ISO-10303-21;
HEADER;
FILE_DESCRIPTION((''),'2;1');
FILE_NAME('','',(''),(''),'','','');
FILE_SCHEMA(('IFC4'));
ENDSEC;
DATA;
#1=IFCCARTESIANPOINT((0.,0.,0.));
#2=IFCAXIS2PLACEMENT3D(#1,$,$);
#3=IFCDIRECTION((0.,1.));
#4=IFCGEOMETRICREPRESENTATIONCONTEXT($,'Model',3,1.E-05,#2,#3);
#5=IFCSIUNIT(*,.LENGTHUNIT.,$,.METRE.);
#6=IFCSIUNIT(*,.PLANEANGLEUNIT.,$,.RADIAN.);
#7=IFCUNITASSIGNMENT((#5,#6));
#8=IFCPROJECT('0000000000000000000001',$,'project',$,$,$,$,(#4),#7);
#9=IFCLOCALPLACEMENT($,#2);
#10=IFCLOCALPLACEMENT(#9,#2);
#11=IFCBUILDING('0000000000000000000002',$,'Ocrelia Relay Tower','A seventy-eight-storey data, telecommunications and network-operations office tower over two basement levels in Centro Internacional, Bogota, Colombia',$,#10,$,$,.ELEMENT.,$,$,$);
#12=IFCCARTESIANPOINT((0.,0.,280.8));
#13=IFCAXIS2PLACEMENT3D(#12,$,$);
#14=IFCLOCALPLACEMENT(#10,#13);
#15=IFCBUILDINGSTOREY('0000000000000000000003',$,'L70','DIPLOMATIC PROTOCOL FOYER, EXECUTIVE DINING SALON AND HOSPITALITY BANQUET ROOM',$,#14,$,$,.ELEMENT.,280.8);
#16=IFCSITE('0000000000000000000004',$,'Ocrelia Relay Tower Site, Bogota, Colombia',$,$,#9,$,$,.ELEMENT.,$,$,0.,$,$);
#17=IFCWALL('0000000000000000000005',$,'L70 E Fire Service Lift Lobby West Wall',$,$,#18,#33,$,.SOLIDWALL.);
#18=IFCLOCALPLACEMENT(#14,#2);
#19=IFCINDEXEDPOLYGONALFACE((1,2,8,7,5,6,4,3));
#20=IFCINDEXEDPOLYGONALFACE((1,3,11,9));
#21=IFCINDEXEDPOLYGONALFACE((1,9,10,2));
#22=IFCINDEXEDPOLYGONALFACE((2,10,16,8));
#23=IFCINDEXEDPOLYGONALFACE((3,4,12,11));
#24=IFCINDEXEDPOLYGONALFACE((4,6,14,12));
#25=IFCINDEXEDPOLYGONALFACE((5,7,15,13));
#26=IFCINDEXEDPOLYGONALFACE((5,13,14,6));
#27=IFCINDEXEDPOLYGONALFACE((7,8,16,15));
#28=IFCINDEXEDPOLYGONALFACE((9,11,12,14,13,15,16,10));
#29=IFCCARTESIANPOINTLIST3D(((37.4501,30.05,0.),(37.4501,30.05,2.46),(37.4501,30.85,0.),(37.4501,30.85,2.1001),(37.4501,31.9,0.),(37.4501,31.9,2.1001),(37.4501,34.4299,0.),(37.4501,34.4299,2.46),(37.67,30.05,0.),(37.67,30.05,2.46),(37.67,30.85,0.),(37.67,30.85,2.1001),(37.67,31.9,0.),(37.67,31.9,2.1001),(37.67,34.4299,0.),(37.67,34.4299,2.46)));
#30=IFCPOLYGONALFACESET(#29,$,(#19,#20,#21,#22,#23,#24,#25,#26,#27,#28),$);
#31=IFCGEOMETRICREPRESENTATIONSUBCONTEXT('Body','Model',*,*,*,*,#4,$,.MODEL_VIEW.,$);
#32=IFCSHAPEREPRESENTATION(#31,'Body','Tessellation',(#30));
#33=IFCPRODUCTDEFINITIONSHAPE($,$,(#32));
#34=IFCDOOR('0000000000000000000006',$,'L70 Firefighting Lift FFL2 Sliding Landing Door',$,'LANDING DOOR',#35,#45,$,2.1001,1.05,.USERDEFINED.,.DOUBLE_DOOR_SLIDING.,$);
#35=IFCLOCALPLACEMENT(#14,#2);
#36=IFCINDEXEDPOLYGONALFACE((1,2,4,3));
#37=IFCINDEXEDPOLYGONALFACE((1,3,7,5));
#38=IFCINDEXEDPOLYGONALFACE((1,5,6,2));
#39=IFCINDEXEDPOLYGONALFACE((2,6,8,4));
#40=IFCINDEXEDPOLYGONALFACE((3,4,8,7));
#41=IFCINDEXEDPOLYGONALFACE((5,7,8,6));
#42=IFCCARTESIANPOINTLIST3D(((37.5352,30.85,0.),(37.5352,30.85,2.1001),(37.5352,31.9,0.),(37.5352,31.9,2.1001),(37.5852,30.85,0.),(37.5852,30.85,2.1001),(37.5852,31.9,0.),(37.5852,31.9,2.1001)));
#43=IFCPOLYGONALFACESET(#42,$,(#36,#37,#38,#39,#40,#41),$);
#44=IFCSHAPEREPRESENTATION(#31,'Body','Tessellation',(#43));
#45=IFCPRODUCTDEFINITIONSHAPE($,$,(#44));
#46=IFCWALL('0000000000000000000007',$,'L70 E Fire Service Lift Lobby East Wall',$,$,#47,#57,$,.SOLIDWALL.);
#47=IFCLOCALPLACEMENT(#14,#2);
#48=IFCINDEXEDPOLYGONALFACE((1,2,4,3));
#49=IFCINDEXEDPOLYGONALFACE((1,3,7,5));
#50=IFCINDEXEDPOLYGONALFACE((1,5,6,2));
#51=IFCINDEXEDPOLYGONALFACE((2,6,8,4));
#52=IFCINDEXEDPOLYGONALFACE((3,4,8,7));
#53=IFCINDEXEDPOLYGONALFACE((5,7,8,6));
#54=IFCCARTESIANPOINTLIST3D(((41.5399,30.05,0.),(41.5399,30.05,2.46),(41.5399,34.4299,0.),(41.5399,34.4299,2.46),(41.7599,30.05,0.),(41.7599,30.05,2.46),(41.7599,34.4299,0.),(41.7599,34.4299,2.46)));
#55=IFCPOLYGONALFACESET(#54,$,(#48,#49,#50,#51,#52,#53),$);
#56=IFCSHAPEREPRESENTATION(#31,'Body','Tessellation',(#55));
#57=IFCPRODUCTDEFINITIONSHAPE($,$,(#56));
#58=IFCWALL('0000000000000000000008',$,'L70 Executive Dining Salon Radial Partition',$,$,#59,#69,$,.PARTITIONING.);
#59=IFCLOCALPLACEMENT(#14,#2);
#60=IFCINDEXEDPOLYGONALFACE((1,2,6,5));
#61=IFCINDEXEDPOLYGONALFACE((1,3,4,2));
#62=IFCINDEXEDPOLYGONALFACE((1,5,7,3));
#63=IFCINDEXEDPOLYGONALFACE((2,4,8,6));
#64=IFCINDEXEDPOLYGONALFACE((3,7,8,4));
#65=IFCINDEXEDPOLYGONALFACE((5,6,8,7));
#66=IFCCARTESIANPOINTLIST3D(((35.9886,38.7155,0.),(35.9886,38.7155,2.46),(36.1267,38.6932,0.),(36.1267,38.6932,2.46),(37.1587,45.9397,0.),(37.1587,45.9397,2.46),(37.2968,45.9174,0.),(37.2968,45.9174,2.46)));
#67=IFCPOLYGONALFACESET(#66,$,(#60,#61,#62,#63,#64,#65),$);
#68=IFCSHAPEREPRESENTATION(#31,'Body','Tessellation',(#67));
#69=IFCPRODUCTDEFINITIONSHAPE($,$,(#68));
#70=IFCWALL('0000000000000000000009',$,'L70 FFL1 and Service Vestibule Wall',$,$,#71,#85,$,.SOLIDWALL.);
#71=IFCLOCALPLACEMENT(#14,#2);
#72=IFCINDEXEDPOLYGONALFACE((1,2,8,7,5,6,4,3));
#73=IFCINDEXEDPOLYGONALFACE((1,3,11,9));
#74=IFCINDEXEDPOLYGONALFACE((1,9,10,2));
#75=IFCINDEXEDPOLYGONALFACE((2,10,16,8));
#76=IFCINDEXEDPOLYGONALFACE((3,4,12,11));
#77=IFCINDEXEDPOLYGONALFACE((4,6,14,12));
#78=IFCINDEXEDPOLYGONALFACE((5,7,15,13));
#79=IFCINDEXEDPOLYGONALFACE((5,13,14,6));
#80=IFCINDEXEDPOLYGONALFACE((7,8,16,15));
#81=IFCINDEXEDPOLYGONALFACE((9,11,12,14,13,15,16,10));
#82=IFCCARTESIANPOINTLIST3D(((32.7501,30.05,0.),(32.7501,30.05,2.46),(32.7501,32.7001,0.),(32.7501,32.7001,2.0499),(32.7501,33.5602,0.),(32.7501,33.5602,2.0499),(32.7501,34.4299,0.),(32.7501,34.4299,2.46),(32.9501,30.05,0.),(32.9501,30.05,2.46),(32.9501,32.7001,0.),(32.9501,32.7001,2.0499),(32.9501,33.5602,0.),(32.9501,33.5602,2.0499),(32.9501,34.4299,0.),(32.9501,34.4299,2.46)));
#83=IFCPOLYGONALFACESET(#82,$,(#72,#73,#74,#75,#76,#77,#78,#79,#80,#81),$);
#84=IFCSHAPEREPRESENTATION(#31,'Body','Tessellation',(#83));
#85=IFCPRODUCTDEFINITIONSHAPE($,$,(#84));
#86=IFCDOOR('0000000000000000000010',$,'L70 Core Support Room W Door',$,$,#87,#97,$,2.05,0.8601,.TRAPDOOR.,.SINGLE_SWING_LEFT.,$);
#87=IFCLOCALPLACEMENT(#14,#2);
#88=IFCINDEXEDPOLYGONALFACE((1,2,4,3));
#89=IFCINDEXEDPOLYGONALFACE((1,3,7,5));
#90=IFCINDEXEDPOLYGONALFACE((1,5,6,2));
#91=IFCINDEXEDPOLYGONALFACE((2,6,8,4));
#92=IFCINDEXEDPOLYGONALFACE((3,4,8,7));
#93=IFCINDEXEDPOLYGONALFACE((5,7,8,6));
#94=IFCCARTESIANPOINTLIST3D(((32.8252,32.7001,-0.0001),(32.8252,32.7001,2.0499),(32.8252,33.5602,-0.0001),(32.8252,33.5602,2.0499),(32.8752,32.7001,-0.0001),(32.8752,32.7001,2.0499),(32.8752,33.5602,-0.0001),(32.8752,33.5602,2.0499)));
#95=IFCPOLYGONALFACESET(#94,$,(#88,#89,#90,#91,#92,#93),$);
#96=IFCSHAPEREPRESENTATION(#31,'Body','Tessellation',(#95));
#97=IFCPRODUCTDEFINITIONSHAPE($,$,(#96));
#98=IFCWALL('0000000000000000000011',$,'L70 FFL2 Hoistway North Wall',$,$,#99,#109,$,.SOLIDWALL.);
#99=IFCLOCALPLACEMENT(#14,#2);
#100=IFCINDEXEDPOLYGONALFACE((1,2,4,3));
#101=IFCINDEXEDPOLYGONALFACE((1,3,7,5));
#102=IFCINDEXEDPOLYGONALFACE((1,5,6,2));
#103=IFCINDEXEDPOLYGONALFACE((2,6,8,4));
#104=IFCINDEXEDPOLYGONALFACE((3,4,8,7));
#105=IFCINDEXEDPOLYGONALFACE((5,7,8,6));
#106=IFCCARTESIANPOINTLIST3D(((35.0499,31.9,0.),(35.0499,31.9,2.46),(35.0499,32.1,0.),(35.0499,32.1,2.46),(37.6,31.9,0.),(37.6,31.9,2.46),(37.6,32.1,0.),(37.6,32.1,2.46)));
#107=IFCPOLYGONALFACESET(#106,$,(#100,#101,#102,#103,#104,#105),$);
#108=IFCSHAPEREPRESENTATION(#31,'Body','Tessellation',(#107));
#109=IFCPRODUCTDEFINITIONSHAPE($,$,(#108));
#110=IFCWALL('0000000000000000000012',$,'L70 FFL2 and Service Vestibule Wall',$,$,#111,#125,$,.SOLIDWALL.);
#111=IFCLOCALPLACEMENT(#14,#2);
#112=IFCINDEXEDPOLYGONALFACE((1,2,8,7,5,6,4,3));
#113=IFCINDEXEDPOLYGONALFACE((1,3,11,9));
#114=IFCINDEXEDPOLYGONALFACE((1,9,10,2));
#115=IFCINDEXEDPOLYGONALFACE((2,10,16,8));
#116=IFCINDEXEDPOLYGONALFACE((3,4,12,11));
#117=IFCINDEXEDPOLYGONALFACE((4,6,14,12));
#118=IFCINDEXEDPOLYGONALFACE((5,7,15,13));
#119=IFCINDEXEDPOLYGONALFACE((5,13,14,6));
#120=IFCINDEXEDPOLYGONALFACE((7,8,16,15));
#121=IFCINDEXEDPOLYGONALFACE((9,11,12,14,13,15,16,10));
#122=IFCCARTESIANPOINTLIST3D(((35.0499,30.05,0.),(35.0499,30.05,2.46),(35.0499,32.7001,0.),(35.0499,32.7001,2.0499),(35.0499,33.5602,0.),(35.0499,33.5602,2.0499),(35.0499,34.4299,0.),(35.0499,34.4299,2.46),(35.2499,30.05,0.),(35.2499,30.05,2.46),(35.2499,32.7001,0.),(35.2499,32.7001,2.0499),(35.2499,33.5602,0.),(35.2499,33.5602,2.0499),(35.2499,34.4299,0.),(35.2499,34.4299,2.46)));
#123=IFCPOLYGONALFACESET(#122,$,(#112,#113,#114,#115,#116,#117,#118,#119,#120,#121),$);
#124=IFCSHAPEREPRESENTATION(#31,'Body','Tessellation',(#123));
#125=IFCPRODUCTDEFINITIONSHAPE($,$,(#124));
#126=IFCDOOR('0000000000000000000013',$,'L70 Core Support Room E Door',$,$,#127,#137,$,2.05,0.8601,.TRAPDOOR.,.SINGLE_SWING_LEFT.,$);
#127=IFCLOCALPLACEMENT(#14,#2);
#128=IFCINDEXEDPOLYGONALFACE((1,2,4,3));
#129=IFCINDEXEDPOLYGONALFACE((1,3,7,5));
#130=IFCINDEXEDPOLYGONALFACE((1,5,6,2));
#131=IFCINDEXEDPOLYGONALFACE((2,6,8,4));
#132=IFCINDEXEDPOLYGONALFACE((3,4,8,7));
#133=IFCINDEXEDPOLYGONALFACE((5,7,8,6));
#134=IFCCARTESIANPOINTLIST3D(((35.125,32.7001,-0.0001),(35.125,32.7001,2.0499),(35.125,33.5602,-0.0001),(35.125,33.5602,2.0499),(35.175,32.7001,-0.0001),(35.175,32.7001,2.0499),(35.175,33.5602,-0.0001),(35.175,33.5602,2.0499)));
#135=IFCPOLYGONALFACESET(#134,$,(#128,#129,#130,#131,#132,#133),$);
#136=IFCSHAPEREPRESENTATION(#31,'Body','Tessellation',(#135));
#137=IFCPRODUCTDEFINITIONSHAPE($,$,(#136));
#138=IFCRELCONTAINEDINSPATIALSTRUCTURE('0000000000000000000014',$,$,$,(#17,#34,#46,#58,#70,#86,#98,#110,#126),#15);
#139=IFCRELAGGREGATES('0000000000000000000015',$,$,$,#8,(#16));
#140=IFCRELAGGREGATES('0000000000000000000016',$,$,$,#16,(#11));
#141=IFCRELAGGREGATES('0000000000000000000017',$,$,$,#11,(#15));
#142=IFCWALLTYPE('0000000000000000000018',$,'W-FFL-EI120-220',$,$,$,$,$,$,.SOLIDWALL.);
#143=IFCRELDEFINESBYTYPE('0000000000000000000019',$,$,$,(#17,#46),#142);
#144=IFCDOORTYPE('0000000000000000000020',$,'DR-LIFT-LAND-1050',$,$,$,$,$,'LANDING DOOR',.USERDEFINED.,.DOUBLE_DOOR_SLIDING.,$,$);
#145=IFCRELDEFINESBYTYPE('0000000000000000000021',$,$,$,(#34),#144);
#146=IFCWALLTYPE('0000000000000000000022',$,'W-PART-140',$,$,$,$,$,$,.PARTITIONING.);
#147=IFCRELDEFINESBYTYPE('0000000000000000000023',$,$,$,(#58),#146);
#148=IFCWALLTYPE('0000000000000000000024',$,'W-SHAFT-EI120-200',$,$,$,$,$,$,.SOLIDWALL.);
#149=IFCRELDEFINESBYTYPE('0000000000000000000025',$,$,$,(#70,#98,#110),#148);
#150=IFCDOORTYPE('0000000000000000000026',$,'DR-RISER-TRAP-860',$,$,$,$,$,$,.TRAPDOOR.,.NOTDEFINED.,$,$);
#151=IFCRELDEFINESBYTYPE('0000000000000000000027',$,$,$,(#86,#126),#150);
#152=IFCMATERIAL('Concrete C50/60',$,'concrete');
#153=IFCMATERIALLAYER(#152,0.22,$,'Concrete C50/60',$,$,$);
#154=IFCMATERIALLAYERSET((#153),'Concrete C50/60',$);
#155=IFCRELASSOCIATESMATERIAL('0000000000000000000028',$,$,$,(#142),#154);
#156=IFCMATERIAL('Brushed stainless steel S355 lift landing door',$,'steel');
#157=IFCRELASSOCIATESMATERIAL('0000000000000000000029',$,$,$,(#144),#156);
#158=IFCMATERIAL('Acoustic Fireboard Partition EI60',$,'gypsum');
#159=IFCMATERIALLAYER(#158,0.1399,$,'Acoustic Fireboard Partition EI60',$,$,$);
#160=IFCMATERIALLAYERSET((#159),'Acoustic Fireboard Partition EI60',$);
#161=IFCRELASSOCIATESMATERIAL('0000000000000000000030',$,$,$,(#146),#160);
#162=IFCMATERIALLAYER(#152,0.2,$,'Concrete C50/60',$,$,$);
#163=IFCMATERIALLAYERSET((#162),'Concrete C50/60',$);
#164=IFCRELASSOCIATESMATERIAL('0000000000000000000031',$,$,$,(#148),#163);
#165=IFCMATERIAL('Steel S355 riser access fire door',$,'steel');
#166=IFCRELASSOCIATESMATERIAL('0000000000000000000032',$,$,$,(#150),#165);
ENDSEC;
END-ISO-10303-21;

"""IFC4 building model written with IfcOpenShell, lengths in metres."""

from ifc_helpers import new_model, si_unit, direction, frame, frame_2d, origin, place, context, subcontext, project, spatial, rectangle, extrude, material, layer, layer_set, type_object, element, fill, save


model = new_model("IFC4")

# Units and contexts
model_context = context("Model", 3, precision=1e-05, world=origin(), true_north=direction((0.0, 1.0)))
body_context = subcontext(model_context, "Body", "Model", "MODEL_VIEW")
ifc_project = project(units=[si_unit("LENGTHUNIT", "METRE"), si_unit("PLANEANGLEUNIT", "RADIAN")], contexts=[model_context])

# Site, building, storey
site_placement = place(None, origin())
site = spatial("IfcSite", under=ifc_project, at=site_placement, Name="Ocrelia Relay Tower Site, Bogota, Colombia", CompositionType="ELEMENT", RefElevation=0.0)
building_placement = place(site_placement, origin())
building = spatial("IfcBuilding", under=site, at=building_placement, Name="Ocrelia Relay Tower", Description="A seventy-eight-storey data, telecommunications and network-operations office tower over two basement levels in Centro Internacional, Bogota, Colombia", CompositionType="ELEMENT")
storey_placement = place(building_placement, frame((0.0, 0.0, 280.8)))
storey = spatial("IfcBuildingStorey", under=building, at=storey_placement, Name="L70", Description="DIPLOMATIC PROTOCOL FOYER, EXECUTIVE DINING SALON AND HOSPITALITY BANQUET ROOM", CompositionType="ELEMENT", Elevation=280.8)

# Shared definitions
ifc_material_1 = material(Name="Concrete C50/60", Category="concrete")

# Wall, opening, door
ifc_layer_1 = layer(ifc_material_1, 0.22, Name="Concrete C50/60")
ifc_layer_set_1 = layer_set([ifc_layer_1], Name="Concrete C50/60")
wall_type_1 = type_object("IfcWallType", Name="W-FFL-EI120-220", PredefinedType="SOLIDWALL", material=ifc_layer_set_1)
wall_1_placement = place(storey_placement, frame((37.5601, 30.05, 0.0), z_axis=(0.0, 0.0, 1.0), x_axis=(0.0, 1.0, 0.0)))
wall_1 = element("IfcWall", 1, at=wall_1_placement, inside=storey, type_object=wall_type_1, Name="L70 E Fire Service Lift Lobby West Wall", PredefinedType="SOLIDWALL", context=body_context, shape_type="SweptSolid", body=[
    extrude(rectangle(XDim=4.3799, YDim=0.22, at=frame_2d((2.1899, 0.0))), origin(), (0.0, 0.0, 1.0), 2.46),
])
opening_1_placement = place(wall_1_placement, frame((0.8, 0.0, 0.0)))
opening_1 = element("IfcOpeningElement", 2, at=opening_1_placement, cuts=wall_1, PredefinedType="OPENING", context=body_context, shape_type="SweptSolid", body=[
    extrude(rectangle(XDim=1.05, YDim=2.1001, at=frame_2d((0.5249, 1.05))), frame((0.0, 0.1201, 0.0), z_axis=(0.0, -1.0, 0.0), x_axis=(1.0, 0.0, 0.0)), (0.0, 0.0, 1.0), 0.24),
])
ifc_material_2 = material(Name="Brushed stainless steel S355 lift landing door", Category="steel")
door_type_1 = type_object("IfcDoorType", Name="DR-LIFT-LAND-1050", ElementType="LANDING DOOR", OperationType="DOUBLE_DOOR_SLIDING", PredefinedType="USERDEFINED", material=ifc_material_2)
door_1_placement = place(opening_1_placement, origin())
door_1 = element("IfcDoor", 3, at=door_1_placement, inside=storey, type_object=door_type_1, Name="L70 Firefighting Lift FFL2 Sliding Landing Door", ObjectType="LANDING DOOR", OperationType="DOUBLE_DOOR_SLIDING", OverallHeight=2.1001, OverallWidth=1.05, PredefinedType="USERDEFINED", context=body_context, shape_type="SweptSolid", body=[
    extrude(rectangle(XDim=1.05, YDim=2.1001, at=frame_2d((0.5249, 1.05))), frame((0.0, 0.0249, 0.0), z_axis=(0.0, -1.0, 0.0), x_axis=(1.0, 0.0, 0.0)), (0.0, 0.0, 1.0), 0.05),
])
fill(opening_1, door_1)

# Wall
wall_2_placement = place(storey_placement, frame((41.6499, 30.05, 0.0), z_axis=(0.0, 0.0, 1.0), x_axis=(0.0, 1.0, 0.0)))
element("IfcWall", 4, at=wall_2_placement, inside=storey, type_object=wall_type_1, Name="L70 E Fire Service Lift Lobby East Wall", PredefinedType="SOLIDWALL", context=body_context, shape_type="SweptSolid", body=[
    extrude(rectangle(XDim=4.3799, YDim=0.22, at=frame_2d((2.1899, 0.0))), origin(), (0.0, 0.0, 1.0), 2.46),
])

# Wall
ifc_material_3 = material(Name="Acoustic Fireboard Partition EI60", Category="gypsum")
ifc_layer_2 = layer(ifc_material_3, 0.1399, Name="Acoustic Fireboard Partition EI60")
ifc_layer_set_2 = layer_set([ifc_layer_2], Name="Acoustic Fireboard Partition EI60")
wall_type_2 = type_object("IfcWallType", Name="W-PART-140", PredefinedType="PARTITIONING", material=ifc_layer_set_2)
wall_3_placement = place(storey_placement, frame((36.0576, 38.7043, 0.0), z_axis=(0.0, 0.0, 1.0), x_axis=(0.159896, 0.987134, 0.0)))
element("IfcWall", 5, at=wall_3_placement, inside=storey, type_object=wall_type_2, Name="L70 Executive Dining Salon Radial Partition", PredefinedType="PARTITIONING", context=body_context, shape_type="SweptSolid", body=[
    extrude(rectangle(XDim=7.3184, YDim=0.1399, at=frame_2d((3.6592, 0.0))), origin(), (0.0, 0.0, 1.0), 2.46),
])

# Wall, opening, door
ifc_layer_3 = layer(ifc_material_1, 0.2, Name="Concrete C50/60")
ifc_layer_set_3 = layer_set([ifc_layer_3], Name="Concrete C50/60")
wall_type_3 = type_object("IfcWallType", Name="W-SHAFT-EI120-200", PredefinedType="SOLIDWALL", material=ifc_layer_set_3)
wall_4_placement = place(storey_placement, frame((32.8501, 30.05, 0.0), z_axis=(0.0, 0.0, 1.0), x_axis=(0.0, 1.0, 0.0)))
wall_4 = element("IfcWall", 6, at=wall_4_placement, inside=storey, type_object=wall_type_3, Name="L70 FFL1 and Service Vestibule Wall", PredefinedType="SOLIDWALL", context=body_context, shape_type="SweptSolid", body=[
    extrude(rectangle(XDim=4.3799, YDim=0.2, at=frame_2d((2.1899, 0.0))), origin(), (0.0, 0.0, 1.0), 2.46),
])
opening_2_placement = place(wall_4_placement, frame((2.6499, 0.0, 0.0)))
opening_2 = element("IfcOpeningElement", 7, at=opening_2_placement, cuts=wall_4, PredefinedType="OPENING", context=body_context, shape_type="SweptSolid", body=[
    extrude(rectangle(XDim=0.8601, YDim=2.05, at=frame_2d((0.4302, 1.0249))), frame((0.0, 0.1099, 0.0), z_axis=(0.0, -1.0, 0.0), x_axis=(1.0, 0.0, 0.0)), (0.0, 0.0, 1.0), 0.22),
])
ifc_material_4 = material(Name="Steel S355 riser access fire door", Category="steel")
door_type_2 = type_object("IfcDoorType", Name="DR-RISER-TRAP-860", OperationType="NOTDEFINED", PredefinedType="TRAPDOOR", material=ifc_material_4)
door_2_placement = place(opening_2_placement, origin())
door_2 = element("IfcDoor", 8, at=door_2_placement, inside=storey, type_object=door_type_2, Name="L70 Core Support Room W Door", OperationType="SINGLE_SWING_LEFT", OverallHeight=2.05, OverallWidth=0.8601, PredefinedType="TRAPDOOR", context=body_context, shape_type="SweptSolid", body=[
    extrude(rectangle(XDim=0.8601, YDim=2.05, at=frame_2d((0.4302, 1.0249))), frame((0.0, 0.0249, 0.0), z_axis=(0.0, -1.0, 0.0), x_axis=(1.0, 0.0, 0.0)), (0.0, 0.0, 1.0), 0.05),
])
fill(opening_2, door_2)

# Wall
wall_5_placement = place(storey_placement, frame((35.05, 32.0, 0.0), z_axis=(0.0, 0.0, 1.0), x_axis=(1.0, 0.0, 0.0)))
element("IfcWall", 9, at=wall_5_placement, inside=storey, type_object=wall_type_3, Name="L70 FFL2 Hoistway North Wall", PredefinedType="SOLIDWALL", context=body_context, shape_type="SweptSolid", body=[
    extrude(rectangle(XDim=2.55, YDim=0.2, at=frame_2d((1.2749, 0.0))), origin(), (0.0, 0.0, 1.0), 2.46),
])

# Wall, opening, door
wall_6_placement = place(storey_placement, frame((35.1499, 30.05, 0.0), z_axis=(0.0, 0.0, 1.0), x_axis=(0.0, 1.0, 0.0)))
wall_6 = element("IfcWall", 10, at=wall_6_placement, inside=storey, type_object=wall_type_3, Name="L70 FFL2 and Service Vestibule Wall", PredefinedType="SOLIDWALL", context=body_context, shape_type="SweptSolid", body=[
    extrude(rectangle(XDim=4.3799, YDim=0.2, at=frame_2d((2.1899, 0.0))), origin(), (0.0, 0.0, 1.0), 2.46),
])
opening_3_placement = place(wall_6_placement, frame((2.6499, 0.0, 0.0)))
opening_3 = element("IfcOpeningElement", 11, at=opening_3_placement, cuts=wall_6, PredefinedType="OPENING", context=body_context, shape_type="SweptSolid", body=[
    extrude(rectangle(XDim=0.8601, YDim=2.05, at=frame_2d((0.4302, 1.0249))), frame((0.0, 0.1099, 0.0), z_axis=(0.0, -1.0, 0.0), x_axis=(1.0, 0.0, 0.0)), (0.0, 0.0, 1.0), 0.22),
])
door_3_placement = place(opening_3_placement, origin())
door_3 = element("IfcDoor", 12, at=door_3_placement, inside=storey, type_object=door_type_2, Name="L70 Core Support Room E Door", OperationType="SINGLE_SWING_LEFT", OverallHeight=2.05, OverallWidth=0.8601, PredefinedType="TRAPDOOR", context=body_context, shape_type="SweptSolid", body=[
    extrude(rectangle(XDim=0.8601, YDim=2.05, at=frame_2d((0.4302, 1.0249))), frame((0.0, 0.0249, 0.0), z_axis=(0.0, -1.0, 0.0), x_axis=(1.0, 0.0, 0.0)), (0.0, 0.0, 1.0), 0.05),
])
fill(opening_3, door_3)

save(model, "model.ifc")
